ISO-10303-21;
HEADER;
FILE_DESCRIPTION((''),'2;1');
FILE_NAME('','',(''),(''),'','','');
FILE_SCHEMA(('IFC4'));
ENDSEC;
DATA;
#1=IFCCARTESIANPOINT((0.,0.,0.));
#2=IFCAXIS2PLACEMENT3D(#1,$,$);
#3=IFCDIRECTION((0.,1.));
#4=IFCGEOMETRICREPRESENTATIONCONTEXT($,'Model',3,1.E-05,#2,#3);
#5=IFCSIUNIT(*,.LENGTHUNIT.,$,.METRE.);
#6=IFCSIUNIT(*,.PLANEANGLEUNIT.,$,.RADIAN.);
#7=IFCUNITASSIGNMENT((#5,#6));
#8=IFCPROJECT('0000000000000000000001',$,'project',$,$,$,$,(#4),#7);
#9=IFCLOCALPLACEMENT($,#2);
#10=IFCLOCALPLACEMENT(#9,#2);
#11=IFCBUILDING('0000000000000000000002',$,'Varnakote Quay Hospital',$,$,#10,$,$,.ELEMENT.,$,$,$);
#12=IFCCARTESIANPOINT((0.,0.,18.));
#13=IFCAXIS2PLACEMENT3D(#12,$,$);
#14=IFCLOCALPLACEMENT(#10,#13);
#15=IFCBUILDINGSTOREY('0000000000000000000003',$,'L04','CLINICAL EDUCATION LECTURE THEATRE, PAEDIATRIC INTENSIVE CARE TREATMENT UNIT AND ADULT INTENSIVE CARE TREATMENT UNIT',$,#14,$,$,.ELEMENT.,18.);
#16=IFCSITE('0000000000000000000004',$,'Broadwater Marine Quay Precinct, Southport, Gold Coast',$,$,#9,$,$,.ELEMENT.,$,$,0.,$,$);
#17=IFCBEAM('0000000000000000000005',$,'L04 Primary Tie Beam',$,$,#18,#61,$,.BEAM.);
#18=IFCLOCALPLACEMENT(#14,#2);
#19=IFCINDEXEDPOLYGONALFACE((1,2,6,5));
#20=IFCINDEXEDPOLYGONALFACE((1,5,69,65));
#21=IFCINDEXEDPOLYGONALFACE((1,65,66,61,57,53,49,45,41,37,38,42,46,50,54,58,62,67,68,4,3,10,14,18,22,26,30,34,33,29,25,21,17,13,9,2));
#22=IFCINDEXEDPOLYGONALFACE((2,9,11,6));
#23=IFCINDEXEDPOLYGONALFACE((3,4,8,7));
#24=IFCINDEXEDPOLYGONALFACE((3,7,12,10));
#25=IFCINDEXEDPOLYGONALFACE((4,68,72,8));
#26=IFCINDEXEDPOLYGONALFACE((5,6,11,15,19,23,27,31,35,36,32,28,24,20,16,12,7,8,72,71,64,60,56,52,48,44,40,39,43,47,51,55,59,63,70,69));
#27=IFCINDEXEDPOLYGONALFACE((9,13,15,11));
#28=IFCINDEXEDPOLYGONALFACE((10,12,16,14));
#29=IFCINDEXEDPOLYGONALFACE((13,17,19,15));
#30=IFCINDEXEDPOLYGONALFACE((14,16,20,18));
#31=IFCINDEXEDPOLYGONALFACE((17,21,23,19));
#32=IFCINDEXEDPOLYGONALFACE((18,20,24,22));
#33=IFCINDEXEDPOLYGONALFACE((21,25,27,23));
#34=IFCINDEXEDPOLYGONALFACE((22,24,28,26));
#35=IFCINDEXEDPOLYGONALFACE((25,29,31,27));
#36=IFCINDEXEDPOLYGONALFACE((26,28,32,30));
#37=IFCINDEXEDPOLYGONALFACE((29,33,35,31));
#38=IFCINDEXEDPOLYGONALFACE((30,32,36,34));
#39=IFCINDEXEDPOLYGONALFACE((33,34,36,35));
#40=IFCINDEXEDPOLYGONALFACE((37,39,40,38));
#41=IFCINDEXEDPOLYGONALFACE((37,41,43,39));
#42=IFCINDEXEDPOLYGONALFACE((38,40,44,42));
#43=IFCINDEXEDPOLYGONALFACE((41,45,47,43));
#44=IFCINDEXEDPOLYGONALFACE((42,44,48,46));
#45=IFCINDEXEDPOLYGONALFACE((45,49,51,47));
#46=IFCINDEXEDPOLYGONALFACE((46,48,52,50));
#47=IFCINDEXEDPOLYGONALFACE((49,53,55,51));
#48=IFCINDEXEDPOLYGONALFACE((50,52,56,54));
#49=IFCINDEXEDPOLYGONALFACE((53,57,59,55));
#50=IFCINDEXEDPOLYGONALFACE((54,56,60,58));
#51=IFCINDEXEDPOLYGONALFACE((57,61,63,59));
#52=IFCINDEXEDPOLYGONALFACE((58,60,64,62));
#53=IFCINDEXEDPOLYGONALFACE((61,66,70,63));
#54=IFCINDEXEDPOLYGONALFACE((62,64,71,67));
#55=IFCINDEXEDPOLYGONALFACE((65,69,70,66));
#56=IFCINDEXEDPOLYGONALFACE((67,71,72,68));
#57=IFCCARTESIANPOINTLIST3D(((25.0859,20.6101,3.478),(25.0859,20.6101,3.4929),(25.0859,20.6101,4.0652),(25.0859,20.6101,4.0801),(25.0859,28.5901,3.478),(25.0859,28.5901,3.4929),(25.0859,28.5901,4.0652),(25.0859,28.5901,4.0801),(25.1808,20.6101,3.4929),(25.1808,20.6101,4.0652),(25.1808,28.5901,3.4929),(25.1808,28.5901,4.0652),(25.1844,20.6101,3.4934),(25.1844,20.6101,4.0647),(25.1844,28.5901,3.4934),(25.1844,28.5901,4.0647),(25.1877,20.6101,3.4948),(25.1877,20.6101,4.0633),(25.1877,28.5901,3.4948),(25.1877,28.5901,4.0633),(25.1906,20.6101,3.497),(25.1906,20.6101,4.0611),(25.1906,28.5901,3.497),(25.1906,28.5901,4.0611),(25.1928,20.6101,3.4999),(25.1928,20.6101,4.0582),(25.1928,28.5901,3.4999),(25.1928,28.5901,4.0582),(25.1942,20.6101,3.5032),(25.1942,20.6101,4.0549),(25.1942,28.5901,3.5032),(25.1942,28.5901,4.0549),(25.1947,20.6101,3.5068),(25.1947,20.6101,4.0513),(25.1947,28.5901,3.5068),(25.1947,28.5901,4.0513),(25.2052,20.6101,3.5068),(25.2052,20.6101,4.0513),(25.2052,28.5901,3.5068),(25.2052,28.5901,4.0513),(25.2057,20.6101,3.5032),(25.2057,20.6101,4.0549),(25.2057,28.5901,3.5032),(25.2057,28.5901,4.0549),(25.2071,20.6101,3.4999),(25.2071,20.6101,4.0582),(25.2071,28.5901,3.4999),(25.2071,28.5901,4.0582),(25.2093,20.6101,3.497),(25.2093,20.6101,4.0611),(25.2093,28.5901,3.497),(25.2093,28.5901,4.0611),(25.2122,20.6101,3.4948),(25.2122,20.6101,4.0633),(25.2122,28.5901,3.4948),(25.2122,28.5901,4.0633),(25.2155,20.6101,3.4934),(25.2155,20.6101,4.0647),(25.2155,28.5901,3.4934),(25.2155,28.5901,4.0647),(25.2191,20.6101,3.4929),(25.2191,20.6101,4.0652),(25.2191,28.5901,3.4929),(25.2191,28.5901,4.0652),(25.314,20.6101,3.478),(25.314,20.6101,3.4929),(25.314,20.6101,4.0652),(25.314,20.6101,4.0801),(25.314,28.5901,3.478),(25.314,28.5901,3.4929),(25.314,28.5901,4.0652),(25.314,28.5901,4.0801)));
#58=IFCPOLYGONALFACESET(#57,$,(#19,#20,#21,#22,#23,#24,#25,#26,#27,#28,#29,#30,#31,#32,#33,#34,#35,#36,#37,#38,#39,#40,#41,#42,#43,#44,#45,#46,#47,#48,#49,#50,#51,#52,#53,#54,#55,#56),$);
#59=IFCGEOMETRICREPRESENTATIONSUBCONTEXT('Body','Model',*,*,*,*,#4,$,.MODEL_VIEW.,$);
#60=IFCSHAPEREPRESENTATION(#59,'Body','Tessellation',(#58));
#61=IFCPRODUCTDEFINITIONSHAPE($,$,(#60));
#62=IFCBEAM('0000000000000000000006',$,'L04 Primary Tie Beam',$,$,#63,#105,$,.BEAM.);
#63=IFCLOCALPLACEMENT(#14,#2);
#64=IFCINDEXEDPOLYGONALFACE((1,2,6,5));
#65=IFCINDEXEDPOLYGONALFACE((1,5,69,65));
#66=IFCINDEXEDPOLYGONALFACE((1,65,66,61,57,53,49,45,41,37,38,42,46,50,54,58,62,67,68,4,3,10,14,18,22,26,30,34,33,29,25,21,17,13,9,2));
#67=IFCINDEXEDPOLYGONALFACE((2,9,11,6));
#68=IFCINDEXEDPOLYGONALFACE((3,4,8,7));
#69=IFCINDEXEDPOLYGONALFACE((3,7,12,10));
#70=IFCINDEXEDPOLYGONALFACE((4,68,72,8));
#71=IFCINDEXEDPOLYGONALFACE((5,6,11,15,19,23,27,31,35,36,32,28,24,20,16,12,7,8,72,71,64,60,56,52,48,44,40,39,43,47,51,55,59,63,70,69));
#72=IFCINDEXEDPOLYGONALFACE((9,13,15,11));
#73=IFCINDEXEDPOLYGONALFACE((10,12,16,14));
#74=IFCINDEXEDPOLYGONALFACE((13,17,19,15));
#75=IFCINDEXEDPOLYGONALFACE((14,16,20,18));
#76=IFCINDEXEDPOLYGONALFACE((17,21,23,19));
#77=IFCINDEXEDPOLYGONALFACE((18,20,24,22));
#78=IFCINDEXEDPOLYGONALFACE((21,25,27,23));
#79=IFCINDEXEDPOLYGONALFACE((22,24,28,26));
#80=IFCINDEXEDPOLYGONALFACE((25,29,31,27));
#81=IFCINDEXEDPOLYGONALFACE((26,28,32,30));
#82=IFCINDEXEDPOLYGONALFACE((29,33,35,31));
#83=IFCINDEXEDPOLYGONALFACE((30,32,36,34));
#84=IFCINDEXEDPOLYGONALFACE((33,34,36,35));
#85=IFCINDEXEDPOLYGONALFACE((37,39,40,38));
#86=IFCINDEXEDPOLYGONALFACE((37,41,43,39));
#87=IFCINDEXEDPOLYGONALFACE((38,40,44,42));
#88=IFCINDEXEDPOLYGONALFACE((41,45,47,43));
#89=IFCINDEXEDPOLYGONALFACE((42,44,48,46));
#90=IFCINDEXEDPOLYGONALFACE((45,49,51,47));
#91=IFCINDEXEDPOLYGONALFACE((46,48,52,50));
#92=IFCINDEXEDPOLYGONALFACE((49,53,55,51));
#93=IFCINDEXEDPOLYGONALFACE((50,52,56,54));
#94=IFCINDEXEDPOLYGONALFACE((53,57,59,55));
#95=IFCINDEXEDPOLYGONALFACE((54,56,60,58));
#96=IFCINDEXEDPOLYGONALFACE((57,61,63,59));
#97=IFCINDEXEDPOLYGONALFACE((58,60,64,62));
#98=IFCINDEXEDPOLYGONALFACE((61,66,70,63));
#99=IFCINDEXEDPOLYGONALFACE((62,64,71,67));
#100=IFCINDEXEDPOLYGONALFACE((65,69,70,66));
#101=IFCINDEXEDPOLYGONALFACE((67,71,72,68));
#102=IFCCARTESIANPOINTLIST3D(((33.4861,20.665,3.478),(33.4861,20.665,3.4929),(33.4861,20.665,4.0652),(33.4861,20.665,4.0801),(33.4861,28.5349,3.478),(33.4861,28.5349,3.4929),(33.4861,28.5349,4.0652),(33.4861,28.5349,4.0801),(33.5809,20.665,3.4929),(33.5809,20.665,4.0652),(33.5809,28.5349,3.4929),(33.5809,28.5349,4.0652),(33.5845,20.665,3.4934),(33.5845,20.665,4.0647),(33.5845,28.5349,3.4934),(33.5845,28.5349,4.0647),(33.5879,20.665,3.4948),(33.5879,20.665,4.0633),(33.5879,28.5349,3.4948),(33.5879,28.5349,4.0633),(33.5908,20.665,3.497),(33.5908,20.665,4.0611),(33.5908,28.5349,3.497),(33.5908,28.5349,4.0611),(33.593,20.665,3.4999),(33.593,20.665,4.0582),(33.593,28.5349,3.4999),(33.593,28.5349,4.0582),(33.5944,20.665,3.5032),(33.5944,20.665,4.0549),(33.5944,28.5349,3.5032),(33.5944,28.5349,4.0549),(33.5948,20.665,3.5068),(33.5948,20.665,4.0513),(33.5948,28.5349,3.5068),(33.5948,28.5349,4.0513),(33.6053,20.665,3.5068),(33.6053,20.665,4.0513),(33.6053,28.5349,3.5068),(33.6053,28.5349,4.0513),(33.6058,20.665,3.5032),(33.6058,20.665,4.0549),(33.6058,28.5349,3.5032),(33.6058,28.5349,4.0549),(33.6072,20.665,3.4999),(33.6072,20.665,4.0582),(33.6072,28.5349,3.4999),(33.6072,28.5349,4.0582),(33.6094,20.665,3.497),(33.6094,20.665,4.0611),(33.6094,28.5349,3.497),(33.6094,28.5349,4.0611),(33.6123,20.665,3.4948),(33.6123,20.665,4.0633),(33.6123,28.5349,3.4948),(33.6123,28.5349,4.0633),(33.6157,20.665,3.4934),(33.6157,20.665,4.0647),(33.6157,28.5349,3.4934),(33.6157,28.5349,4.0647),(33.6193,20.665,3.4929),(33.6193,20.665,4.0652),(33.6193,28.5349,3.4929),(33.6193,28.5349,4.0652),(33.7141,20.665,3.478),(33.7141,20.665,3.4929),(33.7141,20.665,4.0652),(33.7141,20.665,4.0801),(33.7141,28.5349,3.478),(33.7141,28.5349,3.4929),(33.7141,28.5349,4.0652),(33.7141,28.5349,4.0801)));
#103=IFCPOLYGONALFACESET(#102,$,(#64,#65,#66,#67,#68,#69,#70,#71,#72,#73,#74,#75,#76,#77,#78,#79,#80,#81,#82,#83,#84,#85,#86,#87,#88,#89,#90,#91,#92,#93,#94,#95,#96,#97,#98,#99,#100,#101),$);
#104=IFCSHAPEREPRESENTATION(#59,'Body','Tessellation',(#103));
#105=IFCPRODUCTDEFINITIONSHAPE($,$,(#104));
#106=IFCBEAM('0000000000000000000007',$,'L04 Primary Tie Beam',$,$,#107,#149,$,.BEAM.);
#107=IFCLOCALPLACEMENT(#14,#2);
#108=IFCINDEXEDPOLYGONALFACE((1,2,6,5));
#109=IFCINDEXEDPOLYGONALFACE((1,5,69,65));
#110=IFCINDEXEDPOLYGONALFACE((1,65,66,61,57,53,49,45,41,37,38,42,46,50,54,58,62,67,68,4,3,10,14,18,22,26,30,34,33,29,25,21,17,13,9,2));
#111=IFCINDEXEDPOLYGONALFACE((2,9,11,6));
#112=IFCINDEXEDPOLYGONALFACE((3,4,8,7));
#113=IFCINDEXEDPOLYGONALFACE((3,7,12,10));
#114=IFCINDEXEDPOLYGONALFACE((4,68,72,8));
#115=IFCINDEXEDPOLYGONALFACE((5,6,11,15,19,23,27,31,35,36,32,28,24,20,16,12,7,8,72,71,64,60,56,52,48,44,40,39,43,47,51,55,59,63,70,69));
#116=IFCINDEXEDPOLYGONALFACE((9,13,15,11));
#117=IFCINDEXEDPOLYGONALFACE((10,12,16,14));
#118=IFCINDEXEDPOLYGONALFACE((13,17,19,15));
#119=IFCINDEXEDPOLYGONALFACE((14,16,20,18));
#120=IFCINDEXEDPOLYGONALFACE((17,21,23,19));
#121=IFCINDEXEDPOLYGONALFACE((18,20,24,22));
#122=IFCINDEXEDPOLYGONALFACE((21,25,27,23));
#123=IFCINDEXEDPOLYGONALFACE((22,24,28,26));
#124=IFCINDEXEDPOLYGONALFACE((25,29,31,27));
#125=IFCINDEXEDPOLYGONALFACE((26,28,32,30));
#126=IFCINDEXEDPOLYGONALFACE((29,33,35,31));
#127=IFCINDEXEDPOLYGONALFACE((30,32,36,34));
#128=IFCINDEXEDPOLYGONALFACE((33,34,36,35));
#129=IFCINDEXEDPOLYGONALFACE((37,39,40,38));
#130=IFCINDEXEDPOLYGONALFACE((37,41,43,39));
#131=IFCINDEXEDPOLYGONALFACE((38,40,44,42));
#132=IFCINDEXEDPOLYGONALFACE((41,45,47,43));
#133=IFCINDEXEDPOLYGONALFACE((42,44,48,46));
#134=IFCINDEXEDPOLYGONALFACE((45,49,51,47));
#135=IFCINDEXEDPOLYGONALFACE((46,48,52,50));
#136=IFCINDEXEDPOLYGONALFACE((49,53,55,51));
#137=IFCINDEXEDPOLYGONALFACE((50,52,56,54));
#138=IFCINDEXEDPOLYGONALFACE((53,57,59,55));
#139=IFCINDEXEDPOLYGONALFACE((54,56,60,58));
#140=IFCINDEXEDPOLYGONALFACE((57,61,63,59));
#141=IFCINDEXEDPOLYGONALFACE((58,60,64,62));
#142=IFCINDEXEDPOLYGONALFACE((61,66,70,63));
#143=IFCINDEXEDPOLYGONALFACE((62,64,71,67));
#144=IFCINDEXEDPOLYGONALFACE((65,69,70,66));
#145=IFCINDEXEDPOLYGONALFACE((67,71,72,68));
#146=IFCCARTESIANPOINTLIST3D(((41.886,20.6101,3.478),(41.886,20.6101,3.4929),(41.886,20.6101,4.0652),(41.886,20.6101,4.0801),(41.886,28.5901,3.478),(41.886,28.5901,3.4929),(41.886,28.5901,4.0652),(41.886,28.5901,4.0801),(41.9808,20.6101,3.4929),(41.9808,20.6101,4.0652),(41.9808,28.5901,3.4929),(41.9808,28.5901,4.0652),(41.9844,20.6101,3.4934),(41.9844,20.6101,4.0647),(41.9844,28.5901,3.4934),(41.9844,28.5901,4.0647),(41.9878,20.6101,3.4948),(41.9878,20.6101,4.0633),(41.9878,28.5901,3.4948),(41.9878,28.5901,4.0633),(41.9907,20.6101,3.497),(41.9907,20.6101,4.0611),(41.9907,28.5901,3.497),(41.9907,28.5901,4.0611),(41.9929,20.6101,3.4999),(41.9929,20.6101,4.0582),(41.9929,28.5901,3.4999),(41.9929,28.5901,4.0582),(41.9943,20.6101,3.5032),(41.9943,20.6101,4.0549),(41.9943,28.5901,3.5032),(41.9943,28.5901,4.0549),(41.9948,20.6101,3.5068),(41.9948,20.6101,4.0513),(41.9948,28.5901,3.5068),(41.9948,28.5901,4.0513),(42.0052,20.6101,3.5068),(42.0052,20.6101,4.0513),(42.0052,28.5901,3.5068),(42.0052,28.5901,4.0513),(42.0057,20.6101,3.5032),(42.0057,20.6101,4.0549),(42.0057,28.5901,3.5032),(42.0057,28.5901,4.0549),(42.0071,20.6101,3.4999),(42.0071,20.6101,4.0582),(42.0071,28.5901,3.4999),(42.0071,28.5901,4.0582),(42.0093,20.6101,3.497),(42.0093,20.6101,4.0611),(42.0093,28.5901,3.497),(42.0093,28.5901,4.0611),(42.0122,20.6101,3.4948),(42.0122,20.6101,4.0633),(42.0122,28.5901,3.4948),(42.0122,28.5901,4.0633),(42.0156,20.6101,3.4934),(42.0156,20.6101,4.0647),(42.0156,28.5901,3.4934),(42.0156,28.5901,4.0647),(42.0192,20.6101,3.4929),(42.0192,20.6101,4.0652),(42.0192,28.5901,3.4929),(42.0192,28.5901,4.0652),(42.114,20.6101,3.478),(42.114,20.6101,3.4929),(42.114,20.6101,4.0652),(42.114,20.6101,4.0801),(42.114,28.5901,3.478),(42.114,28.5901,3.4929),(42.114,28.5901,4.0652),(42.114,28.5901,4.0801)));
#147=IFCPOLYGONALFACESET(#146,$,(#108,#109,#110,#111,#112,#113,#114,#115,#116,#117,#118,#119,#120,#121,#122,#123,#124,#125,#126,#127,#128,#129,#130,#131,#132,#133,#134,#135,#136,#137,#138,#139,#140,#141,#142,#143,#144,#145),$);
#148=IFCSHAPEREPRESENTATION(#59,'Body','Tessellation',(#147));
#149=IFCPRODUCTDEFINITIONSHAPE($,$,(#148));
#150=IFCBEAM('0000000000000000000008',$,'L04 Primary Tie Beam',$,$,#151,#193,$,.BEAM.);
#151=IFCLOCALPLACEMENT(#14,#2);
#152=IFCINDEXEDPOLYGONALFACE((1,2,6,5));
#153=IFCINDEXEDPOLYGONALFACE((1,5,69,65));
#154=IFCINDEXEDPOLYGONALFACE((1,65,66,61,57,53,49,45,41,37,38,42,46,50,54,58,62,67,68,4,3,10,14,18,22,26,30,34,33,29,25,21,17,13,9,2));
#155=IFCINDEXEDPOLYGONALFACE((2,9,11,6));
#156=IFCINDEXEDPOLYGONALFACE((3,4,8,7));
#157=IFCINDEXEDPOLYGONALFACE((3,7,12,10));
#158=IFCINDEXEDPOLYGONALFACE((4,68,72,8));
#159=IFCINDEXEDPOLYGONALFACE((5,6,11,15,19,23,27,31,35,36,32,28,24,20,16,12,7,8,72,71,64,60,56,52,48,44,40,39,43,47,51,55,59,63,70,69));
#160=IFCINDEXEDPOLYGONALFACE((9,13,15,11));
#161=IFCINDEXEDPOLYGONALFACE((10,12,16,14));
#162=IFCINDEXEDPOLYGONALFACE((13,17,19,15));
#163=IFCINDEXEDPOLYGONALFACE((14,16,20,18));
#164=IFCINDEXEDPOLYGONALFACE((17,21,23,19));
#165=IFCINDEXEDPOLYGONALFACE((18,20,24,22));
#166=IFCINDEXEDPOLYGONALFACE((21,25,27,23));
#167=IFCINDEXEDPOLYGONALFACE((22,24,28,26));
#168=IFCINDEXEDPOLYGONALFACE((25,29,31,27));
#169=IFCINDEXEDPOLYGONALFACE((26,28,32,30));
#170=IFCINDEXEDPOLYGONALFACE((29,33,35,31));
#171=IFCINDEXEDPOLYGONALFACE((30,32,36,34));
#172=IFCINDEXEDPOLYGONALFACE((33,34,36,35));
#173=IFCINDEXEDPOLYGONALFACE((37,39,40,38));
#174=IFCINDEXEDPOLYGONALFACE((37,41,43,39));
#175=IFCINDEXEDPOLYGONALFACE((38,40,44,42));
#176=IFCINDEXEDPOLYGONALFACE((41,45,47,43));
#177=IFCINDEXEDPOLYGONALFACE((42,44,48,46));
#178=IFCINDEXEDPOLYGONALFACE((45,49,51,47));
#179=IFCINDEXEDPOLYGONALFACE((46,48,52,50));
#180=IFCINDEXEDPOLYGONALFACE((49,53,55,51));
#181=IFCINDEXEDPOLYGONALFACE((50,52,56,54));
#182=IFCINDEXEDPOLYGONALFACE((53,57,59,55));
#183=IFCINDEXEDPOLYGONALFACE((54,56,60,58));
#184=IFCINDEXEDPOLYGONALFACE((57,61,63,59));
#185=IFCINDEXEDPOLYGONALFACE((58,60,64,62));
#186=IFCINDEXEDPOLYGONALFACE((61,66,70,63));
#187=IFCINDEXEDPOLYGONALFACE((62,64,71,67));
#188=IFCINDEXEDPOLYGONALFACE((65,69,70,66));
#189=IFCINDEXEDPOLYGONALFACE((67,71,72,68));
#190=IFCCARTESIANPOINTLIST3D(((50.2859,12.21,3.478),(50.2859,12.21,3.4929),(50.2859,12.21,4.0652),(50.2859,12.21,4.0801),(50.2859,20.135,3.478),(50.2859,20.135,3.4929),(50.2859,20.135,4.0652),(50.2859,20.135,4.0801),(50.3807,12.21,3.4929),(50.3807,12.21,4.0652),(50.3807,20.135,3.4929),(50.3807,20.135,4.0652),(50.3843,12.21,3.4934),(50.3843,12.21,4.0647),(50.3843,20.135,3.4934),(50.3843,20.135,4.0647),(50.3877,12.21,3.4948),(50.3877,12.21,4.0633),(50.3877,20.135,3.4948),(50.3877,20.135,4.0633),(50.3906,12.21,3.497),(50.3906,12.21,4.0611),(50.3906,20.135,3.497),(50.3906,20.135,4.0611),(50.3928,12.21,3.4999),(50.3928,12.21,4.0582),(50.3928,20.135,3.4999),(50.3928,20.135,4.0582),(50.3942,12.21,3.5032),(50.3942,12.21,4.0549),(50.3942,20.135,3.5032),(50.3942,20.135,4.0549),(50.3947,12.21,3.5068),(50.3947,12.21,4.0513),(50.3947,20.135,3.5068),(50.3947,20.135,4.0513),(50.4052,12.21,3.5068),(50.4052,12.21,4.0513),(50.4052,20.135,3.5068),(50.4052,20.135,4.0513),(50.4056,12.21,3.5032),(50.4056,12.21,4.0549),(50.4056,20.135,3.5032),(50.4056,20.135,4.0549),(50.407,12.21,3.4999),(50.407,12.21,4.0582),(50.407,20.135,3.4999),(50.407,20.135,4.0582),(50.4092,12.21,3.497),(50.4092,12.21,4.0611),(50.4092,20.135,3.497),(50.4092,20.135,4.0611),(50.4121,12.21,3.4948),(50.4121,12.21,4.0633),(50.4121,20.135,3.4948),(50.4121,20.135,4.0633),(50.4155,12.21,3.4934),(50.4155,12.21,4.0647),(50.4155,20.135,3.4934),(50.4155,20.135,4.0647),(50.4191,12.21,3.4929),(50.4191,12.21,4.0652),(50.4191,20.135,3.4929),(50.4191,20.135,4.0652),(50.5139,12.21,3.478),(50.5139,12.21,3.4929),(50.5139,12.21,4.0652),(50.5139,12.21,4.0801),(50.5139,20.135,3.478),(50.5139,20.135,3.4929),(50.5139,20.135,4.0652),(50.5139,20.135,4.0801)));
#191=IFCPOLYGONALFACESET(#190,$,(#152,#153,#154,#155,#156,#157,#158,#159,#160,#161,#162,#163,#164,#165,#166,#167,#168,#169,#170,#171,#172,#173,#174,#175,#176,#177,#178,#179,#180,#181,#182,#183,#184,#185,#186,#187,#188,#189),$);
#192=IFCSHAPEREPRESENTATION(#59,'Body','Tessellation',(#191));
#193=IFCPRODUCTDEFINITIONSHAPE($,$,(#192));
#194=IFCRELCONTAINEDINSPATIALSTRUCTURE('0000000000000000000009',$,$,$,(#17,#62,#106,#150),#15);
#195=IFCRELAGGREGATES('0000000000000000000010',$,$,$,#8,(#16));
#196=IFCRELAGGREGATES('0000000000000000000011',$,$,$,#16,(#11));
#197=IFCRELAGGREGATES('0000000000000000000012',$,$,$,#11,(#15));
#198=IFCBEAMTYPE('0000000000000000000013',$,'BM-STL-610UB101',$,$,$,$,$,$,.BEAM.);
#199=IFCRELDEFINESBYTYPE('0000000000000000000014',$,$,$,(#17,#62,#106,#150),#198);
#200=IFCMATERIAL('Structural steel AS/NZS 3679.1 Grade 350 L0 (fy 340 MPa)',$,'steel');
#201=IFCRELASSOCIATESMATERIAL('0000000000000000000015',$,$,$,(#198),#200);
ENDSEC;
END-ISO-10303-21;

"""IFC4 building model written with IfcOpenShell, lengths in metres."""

from ifc_helpers import new_model, si_unit, direction, frame, origin, origin_2d, place, context, subcontext, project, spatial, i_section, extrude, material, material_profile, profile_set, type_object, element, save


model = new_model("IFC4")

# Units and contexts
model_context = context("Model", 3, precision=1e-05, world=origin(), true_north=direction((0.0, 1.0)))
body_context = subcontext(model_context, "Body", "Model", "MODEL_VIEW")
ifc_project = project(units=[si_unit("LENGTHUNIT", "METRE"), si_unit("PLANEANGLEUNIT", "RADIAN")], contexts=[model_context])

# Site, building, storey
site_placement = place(None, origin())
site = spatial("IfcSite", under=ifc_project, at=site_placement, Name="Broadwater Marine Quay Precinct, Southport, Gold Coast", CompositionType="ELEMENT", RefElevation=0.0)
building_placement = place(site_placement, origin())
building = spatial("IfcBuilding", under=site, at=building_placement, Name="Varnakote Quay Hospital", CompositionType="ELEMENT")
storey_placement = place(building_placement, frame((0.0, 0.0, 18.0)))
storey = spatial("IfcBuildingStorey", under=building, at=storey_placement, Name="L04", Description="CLINICAL EDUCATION LECTURE THEATRE, PAEDIATRIC INTENSIVE CARE TREATMENT UNIT AND ADULT INTENSIVE CARE TREATMENT UNIT", CompositionType="ELEMENT", Elevation=18.0)

# Beams
ifc_material_1 = material(Name="Structural steel AS/NZS 3679.1 Grade 350 L0 (fy 340 MPa)", Category="steel")
ifc_material_profile_1 = material_profile(ifc_material_1, i_section(OverallWidth=0.228, OverallDepth=0.6021, WebThickness=0.0105, FlangeThickness=0.0149, FilletRadius=0.0139, at=origin_2d()), Name="610UB101")
ifc_profile_set_1 = profile_set([ifc_material_profile_1], Name="Structural steel AS/NZS 3679.1 Grade 350 L0 (fy 340 MPa)")
beam_type_1 = type_object("IfcBeamType", Name="BM-STL-610UB101", PredefinedType="BEAM", material=ifc_profile_set_1)
beam_1_placement = place(storey_placement, frame((25.2, 20.6101, 3.7791), z_axis=(0.0, 1.0, 0.0), x_axis=(-1.0, 0.0, 0.0)))
element("IfcBeam", 1, at=beam_1_placement, inside=storey, type_object=beam_type_1, Name="L04 Primary Tie Beam", PredefinedType="BEAM", context=body_context, shape_type="SweptSolid", body=[
    extrude(i_section(OverallWidth=0.228, OverallDepth=0.6021, WebThickness=0.0105, FlangeThickness=0.0149, FilletRadius=0.0139, at=origin_2d()), origin(), (0.0, 0.0, 1.0), 7.98),
])
beam_2_placement = place(storey_placement, frame((33.6001, 20.665, 3.7791), z_axis=(0.0, 1.0, 0.0), x_axis=(-1.0, 0.0, 0.0)))
element("IfcBeam", 2, at=beam_2_placement, inside=storey, type_object=beam_type_1, Name="L04 Primary Tie Beam", PredefinedType="BEAM", context=body_context, shape_type="SweptSolid", body=[
    extrude(i_section(OverallWidth=0.228, OverallDepth=0.6021, WebThickness=0.0105, FlangeThickness=0.0149, FilletRadius=0.0139, at=origin_2d()), origin(), (0.0, 0.0, 1.0), 7.8699),
])
beam_3_placement = place(storey_placement, frame((42.0, 20.6101, 3.7791), z_axis=(0.0, 1.0, 0.0), x_axis=(-1.0, 0.0, 0.0)))
element("IfcBeam", 3, at=beam_3_placement, inside=storey, type_object=beam_type_1, Name="L04 Primary Tie Beam", PredefinedType="BEAM", context=body_context, shape_type="SweptSolid", body=[
    extrude(i_section(OverallWidth=0.228, OverallDepth=0.6021, WebThickness=0.0105, FlangeThickness=0.0149, FilletRadius=0.0139, at=origin_2d()), origin(), (0.0, 0.0, 1.0), 7.98),
])
beam_4_placement = place(storey_placement, frame((50.3999, 12.21, 3.7791), z_axis=(0.0, 1.0, 0.0), x_axis=(-1.0, 0.0, 0.0)))
element("IfcBeam", 4, at=beam_4_placement, inside=storey, type_object=beam_type_1, Name="L04 Primary Tie Beam", PredefinedType="BEAM", context=body_context, shape_type="SweptSolid", body=[
    extrude(i_section(OverallWidth=0.228, OverallDepth=0.6021, WebThickness=0.0105, FlangeThickness=0.0149, FilletRadius=0.0139, at=origin_2d()), origin(), (0.0, 0.0, 1.0), 7.925),
])

save(model, "model.ifc")
